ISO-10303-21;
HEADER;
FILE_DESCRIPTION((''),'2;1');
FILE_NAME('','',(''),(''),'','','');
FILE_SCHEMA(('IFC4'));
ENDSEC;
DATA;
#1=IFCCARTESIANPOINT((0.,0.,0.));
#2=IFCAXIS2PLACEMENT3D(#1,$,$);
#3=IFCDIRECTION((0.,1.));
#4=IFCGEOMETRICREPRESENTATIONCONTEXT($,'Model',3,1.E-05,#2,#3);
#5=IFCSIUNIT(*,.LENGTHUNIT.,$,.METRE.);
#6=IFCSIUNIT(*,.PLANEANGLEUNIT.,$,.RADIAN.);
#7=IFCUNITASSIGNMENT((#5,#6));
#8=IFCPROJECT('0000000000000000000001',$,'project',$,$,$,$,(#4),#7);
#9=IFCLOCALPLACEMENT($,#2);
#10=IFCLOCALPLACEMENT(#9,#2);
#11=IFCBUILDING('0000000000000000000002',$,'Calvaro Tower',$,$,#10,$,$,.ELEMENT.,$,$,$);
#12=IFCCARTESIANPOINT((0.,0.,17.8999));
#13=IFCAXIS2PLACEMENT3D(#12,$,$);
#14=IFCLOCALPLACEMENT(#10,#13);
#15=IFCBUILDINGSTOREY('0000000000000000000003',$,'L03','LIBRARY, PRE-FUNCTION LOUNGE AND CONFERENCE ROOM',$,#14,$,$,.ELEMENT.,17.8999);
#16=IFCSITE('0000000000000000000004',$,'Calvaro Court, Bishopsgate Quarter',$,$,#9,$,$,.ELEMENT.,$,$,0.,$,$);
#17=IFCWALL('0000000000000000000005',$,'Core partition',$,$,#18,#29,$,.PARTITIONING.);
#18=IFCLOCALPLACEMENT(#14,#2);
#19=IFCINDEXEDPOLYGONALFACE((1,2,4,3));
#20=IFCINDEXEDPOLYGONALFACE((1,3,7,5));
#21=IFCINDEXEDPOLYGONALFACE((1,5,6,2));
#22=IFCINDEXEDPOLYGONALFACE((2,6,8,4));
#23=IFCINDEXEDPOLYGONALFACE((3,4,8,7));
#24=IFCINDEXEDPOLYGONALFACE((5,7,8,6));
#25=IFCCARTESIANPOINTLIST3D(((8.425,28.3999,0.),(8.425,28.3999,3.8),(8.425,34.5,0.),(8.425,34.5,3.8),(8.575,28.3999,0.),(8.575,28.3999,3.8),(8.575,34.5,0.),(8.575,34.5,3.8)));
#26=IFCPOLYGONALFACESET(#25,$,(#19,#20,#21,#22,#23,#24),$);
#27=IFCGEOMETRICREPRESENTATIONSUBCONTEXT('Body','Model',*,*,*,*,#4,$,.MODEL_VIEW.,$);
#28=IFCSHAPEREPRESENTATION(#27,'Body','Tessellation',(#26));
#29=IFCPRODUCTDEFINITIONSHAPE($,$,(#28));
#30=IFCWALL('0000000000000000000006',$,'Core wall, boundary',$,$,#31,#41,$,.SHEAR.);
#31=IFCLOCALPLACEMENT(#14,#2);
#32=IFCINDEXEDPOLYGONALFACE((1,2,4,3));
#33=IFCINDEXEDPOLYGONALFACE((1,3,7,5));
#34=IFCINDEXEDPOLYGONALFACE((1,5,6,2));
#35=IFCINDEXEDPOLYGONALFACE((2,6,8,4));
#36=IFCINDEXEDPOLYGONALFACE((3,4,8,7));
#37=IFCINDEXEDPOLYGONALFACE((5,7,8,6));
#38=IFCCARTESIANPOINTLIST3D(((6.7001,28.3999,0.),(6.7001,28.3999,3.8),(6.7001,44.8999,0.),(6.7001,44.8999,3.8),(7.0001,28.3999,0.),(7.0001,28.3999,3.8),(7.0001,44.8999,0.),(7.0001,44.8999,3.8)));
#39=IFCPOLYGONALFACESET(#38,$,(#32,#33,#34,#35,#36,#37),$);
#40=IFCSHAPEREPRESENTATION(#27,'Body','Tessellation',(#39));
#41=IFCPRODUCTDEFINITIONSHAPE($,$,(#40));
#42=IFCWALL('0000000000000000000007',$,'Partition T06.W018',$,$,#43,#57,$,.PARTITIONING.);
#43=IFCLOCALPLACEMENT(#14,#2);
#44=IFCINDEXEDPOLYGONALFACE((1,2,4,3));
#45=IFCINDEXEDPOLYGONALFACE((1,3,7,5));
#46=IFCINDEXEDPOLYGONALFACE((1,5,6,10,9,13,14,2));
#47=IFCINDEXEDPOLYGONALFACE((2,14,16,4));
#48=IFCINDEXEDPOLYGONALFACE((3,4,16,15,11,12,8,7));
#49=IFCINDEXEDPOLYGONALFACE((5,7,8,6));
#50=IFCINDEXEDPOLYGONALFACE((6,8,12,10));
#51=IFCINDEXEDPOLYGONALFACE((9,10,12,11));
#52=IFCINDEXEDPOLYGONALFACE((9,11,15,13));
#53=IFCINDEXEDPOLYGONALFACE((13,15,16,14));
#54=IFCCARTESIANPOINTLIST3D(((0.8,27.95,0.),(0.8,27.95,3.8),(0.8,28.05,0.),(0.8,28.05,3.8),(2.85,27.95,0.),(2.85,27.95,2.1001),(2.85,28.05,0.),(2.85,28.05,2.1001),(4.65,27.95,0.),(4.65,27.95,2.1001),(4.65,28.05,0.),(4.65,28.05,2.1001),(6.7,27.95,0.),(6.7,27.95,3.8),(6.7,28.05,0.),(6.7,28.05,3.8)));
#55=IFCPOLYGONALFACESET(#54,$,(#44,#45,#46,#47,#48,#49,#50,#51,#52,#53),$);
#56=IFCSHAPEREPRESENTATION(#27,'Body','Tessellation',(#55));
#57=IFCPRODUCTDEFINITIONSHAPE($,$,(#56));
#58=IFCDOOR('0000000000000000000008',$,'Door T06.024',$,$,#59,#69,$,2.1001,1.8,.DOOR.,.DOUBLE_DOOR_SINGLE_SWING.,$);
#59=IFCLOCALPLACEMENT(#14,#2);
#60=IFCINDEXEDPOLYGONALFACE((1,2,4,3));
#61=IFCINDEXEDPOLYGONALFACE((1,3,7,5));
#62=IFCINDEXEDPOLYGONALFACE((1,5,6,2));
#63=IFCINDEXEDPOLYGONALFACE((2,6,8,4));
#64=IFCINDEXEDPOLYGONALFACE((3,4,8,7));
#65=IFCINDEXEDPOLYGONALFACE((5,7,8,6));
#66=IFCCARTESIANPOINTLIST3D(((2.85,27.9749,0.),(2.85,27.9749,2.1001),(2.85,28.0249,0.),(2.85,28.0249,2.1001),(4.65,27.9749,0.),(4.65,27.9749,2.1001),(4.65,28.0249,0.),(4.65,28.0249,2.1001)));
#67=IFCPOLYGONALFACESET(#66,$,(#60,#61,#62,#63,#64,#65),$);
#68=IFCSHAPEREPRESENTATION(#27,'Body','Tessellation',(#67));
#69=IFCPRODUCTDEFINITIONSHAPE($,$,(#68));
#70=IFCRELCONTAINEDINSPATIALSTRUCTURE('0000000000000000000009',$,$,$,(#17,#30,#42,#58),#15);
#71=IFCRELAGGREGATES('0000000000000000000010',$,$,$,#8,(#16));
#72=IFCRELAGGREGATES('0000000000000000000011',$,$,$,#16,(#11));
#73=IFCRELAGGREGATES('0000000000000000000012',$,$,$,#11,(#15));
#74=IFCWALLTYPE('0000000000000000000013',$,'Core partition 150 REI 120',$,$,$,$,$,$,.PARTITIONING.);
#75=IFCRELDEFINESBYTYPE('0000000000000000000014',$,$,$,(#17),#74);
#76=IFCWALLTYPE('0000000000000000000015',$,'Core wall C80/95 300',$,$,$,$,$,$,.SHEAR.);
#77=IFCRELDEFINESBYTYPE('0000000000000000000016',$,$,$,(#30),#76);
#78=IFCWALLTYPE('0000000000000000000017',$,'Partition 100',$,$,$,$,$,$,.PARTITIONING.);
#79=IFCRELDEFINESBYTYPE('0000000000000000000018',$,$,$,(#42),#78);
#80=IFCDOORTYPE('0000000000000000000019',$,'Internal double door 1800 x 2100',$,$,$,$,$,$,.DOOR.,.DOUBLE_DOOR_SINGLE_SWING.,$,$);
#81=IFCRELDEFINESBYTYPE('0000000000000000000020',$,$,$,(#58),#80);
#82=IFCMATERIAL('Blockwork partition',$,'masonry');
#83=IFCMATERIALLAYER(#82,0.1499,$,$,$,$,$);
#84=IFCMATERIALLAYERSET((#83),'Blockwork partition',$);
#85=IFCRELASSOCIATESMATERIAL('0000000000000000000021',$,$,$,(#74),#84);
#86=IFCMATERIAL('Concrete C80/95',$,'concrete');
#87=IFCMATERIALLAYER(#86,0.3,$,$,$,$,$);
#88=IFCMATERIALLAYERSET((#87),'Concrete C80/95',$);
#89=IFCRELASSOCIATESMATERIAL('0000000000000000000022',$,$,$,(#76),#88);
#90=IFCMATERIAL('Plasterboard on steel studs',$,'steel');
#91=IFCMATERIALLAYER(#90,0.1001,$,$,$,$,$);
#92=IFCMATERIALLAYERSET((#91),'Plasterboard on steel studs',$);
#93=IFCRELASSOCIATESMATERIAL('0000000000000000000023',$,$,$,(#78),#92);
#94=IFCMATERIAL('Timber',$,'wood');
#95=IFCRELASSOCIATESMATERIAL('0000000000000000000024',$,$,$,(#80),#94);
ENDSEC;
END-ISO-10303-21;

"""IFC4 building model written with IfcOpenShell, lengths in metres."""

from ifc_helpers import new_model, si_unit, direction, frame, frame_2d, origin, place, context, subcontext, project, spatial, rectangle, extrude, material, layer, layer_set, type_object, element, fill, save


model = new_model("IFC4")

# Units and contexts
model_context = context("Model", 3, precision=1e-05, world=origin(), true_north=direction((0.0, 1.0)))
body_context = subcontext(model_context, "Body", "Model", "MODEL_VIEW")
ifc_project = project(units=[si_unit("LENGTHUNIT", "METRE"), si_unit("PLANEANGLEUNIT", "RADIAN")], contexts=[model_context])

# Site, building, storey
site_placement = place(None, origin())
site = spatial("IfcSite", under=ifc_project, at=site_placement, Name="Calvaro Court, Bishopsgate Quarter", CompositionType="ELEMENT", RefElevation=0.0)
building_placement = place(site_placement, origin())
building = spatial("IfcBuilding", under=site, at=building_placement, Name="Calvaro Tower", CompositionType="ELEMENT")
storey_placement = place(building_placement, frame((0.0, 0.0, 17.8999)))
storey = spatial("IfcBuildingStorey", under=building, at=storey_placement, Name="L03", Description="LIBRARY, PRE-FUNCTION LOUNGE AND CONFERENCE ROOM", CompositionType="ELEMENT", Elevation=17.8999)

# Walls
ifc_material_1 = material(Name="Blockwork partition", Category="masonry")
ifc_layer_1 = layer(ifc_material_1, 0.1499)
ifc_layer_set_1 = layer_set([ifc_layer_1], Name="Blockwork partition")
wall_type_1 = type_object("IfcWallType", Name="Core partition 150 REI 120", PredefinedType="PARTITIONING", material=ifc_layer_set_1)
wall_1_placement = place(storey_placement, frame((8.5, 28.3999, 0.0), z_axis=(0.0, 0.0, 1.0), x_axis=(0.0, 1.0, 0.0)))
element("IfcWall", 1, at=wall_1_placement, inside=storey, type_object=wall_type_1, Name="Core partition", PredefinedType="PARTITIONING", context=body_context, shape_type="SweptSolid", body=[
    extrude(rectangle(XDim=6.1001, YDim=0.1499, at=frame_2d((3.05, 0.0))), origin(), (0.0, 0.0, 1.0), 3.8),
])
ifc_material_2 = material(Name="Concrete C80/95", Category="concrete")
ifc_layer_2 = layer(ifc_material_2, 0.3)
ifc_layer_set_2 = layer_set([ifc_layer_2], Name="Concrete C80/95")
wall_type_2 = type_object("IfcWallType", Name="Core wall C80/95 300", PredefinedType="SHEAR", material=ifc_layer_set_2)
wall_2_placement = place(storey_placement, frame((6.8501, 28.3999, 0.0), z_axis=(0.0, 0.0, 1.0), x_axis=(0.0, 1.0, 0.0)))
element("IfcWall", 2, at=wall_2_placement, inside=storey, type_object=wall_type_2, Name="Core wall, boundary", PredefinedType="SHEAR", context=body_context, shape_type="SweptSolid", body=[
    extrude(rectangle(XDim=16.5, YDim=0.3, at=frame_2d((8.25, 0.0))), origin(), (0.0, 0.0, 1.0), 3.8),
])

# Wall, opening, door
ifc_material_3 = material(Name="Plasterboard on steel studs", Category="steel")
ifc_layer_3 = layer(ifc_material_3, 0.1001)
ifc_layer_set_3 = layer_set([ifc_layer_3], Name="Plasterboard on steel studs")
wall_type_3 = type_object("IfcWallType", Name="Partition 100", PredefinedType="PARTITIONING", material=ifc_layer_set_3)
wall_3_placement = place(storey_placement, frame((0.8, 28.0, 0.0), z_axis=(0.0, 0.0, 1.0), x_axis=(1.0, 0.0, 0.0)))
wall_3 = element("IfcWall", 3, at=wall_3_placement, inside=storey, type_object=wall_type_3, Name="Partition T06.W018", PredefinedType="PARTITIONING", context=body_context, shape_type="SweptSolid", body=[
    extrude(rectangle(XDim=5.8999, YDim=0.1001, at=frame_2d((2.95, 0.0))), origin(), (0.0, 0.0, 1.0), 3.8),
])
opening_1_placement = place(wall_3_placement, frame((2.05, 0.0, 0.0)))
opening_1 = element("IfcOpeningElement", 4, at=opening_1_placement, cuts=wall_3, PredefinedType="OPENING", context=body_context, shape_type="SweptSolid", body=[
    extrude(rectangle(XDim=1.8, YDim=2.1001, at=frame_2d((0.8999, 1.05))), frame((0.0, 0.0601, 0.0), z_axis=(0.0, -1.0, 0.0), x_axis=(1.0, 0.0, 0.0)), (0.0, 0.0, 1.0), 0.1201),
])
ifc_material_4 = material(Name="Timber", Category="wood")
door_type_1 = type_object("IfcDoorType", Name="Internal double door 1800 x 2100", OperationType="DOUBLE_DOOR_SINGLE_SWING", PredefinedType="DOOR", material=ifc_material_4)
door_1_placement = place(opening_1_placement, origin())
door_1 = element("IfcDoor", 5, at=door_1_placement, inside=storey, type_object=door_type_1, Name="Door T06.024", OperationType="DOUBLE_DOOR_SINGLE_SWING", OverallHeight=2.1001, OverallWidth=1.8, PredefinedType="DOOR", context=body_context, shape_type="SweptSolid", body=[
    extrude(rectangle(XDim=1.8, YDim=2.1001, at=frame_2d((0.8999, 1.05))), frame((0.0, 0.0249, 0.0), z_axis=(0.0, -1.0, 0.0), x_axis=(1.0, 0.0, 0.0)), (0.0, 0.0, 1.0), 0.05),
])
fill(opening_1, door_1)

save(model, "model.ifc")
